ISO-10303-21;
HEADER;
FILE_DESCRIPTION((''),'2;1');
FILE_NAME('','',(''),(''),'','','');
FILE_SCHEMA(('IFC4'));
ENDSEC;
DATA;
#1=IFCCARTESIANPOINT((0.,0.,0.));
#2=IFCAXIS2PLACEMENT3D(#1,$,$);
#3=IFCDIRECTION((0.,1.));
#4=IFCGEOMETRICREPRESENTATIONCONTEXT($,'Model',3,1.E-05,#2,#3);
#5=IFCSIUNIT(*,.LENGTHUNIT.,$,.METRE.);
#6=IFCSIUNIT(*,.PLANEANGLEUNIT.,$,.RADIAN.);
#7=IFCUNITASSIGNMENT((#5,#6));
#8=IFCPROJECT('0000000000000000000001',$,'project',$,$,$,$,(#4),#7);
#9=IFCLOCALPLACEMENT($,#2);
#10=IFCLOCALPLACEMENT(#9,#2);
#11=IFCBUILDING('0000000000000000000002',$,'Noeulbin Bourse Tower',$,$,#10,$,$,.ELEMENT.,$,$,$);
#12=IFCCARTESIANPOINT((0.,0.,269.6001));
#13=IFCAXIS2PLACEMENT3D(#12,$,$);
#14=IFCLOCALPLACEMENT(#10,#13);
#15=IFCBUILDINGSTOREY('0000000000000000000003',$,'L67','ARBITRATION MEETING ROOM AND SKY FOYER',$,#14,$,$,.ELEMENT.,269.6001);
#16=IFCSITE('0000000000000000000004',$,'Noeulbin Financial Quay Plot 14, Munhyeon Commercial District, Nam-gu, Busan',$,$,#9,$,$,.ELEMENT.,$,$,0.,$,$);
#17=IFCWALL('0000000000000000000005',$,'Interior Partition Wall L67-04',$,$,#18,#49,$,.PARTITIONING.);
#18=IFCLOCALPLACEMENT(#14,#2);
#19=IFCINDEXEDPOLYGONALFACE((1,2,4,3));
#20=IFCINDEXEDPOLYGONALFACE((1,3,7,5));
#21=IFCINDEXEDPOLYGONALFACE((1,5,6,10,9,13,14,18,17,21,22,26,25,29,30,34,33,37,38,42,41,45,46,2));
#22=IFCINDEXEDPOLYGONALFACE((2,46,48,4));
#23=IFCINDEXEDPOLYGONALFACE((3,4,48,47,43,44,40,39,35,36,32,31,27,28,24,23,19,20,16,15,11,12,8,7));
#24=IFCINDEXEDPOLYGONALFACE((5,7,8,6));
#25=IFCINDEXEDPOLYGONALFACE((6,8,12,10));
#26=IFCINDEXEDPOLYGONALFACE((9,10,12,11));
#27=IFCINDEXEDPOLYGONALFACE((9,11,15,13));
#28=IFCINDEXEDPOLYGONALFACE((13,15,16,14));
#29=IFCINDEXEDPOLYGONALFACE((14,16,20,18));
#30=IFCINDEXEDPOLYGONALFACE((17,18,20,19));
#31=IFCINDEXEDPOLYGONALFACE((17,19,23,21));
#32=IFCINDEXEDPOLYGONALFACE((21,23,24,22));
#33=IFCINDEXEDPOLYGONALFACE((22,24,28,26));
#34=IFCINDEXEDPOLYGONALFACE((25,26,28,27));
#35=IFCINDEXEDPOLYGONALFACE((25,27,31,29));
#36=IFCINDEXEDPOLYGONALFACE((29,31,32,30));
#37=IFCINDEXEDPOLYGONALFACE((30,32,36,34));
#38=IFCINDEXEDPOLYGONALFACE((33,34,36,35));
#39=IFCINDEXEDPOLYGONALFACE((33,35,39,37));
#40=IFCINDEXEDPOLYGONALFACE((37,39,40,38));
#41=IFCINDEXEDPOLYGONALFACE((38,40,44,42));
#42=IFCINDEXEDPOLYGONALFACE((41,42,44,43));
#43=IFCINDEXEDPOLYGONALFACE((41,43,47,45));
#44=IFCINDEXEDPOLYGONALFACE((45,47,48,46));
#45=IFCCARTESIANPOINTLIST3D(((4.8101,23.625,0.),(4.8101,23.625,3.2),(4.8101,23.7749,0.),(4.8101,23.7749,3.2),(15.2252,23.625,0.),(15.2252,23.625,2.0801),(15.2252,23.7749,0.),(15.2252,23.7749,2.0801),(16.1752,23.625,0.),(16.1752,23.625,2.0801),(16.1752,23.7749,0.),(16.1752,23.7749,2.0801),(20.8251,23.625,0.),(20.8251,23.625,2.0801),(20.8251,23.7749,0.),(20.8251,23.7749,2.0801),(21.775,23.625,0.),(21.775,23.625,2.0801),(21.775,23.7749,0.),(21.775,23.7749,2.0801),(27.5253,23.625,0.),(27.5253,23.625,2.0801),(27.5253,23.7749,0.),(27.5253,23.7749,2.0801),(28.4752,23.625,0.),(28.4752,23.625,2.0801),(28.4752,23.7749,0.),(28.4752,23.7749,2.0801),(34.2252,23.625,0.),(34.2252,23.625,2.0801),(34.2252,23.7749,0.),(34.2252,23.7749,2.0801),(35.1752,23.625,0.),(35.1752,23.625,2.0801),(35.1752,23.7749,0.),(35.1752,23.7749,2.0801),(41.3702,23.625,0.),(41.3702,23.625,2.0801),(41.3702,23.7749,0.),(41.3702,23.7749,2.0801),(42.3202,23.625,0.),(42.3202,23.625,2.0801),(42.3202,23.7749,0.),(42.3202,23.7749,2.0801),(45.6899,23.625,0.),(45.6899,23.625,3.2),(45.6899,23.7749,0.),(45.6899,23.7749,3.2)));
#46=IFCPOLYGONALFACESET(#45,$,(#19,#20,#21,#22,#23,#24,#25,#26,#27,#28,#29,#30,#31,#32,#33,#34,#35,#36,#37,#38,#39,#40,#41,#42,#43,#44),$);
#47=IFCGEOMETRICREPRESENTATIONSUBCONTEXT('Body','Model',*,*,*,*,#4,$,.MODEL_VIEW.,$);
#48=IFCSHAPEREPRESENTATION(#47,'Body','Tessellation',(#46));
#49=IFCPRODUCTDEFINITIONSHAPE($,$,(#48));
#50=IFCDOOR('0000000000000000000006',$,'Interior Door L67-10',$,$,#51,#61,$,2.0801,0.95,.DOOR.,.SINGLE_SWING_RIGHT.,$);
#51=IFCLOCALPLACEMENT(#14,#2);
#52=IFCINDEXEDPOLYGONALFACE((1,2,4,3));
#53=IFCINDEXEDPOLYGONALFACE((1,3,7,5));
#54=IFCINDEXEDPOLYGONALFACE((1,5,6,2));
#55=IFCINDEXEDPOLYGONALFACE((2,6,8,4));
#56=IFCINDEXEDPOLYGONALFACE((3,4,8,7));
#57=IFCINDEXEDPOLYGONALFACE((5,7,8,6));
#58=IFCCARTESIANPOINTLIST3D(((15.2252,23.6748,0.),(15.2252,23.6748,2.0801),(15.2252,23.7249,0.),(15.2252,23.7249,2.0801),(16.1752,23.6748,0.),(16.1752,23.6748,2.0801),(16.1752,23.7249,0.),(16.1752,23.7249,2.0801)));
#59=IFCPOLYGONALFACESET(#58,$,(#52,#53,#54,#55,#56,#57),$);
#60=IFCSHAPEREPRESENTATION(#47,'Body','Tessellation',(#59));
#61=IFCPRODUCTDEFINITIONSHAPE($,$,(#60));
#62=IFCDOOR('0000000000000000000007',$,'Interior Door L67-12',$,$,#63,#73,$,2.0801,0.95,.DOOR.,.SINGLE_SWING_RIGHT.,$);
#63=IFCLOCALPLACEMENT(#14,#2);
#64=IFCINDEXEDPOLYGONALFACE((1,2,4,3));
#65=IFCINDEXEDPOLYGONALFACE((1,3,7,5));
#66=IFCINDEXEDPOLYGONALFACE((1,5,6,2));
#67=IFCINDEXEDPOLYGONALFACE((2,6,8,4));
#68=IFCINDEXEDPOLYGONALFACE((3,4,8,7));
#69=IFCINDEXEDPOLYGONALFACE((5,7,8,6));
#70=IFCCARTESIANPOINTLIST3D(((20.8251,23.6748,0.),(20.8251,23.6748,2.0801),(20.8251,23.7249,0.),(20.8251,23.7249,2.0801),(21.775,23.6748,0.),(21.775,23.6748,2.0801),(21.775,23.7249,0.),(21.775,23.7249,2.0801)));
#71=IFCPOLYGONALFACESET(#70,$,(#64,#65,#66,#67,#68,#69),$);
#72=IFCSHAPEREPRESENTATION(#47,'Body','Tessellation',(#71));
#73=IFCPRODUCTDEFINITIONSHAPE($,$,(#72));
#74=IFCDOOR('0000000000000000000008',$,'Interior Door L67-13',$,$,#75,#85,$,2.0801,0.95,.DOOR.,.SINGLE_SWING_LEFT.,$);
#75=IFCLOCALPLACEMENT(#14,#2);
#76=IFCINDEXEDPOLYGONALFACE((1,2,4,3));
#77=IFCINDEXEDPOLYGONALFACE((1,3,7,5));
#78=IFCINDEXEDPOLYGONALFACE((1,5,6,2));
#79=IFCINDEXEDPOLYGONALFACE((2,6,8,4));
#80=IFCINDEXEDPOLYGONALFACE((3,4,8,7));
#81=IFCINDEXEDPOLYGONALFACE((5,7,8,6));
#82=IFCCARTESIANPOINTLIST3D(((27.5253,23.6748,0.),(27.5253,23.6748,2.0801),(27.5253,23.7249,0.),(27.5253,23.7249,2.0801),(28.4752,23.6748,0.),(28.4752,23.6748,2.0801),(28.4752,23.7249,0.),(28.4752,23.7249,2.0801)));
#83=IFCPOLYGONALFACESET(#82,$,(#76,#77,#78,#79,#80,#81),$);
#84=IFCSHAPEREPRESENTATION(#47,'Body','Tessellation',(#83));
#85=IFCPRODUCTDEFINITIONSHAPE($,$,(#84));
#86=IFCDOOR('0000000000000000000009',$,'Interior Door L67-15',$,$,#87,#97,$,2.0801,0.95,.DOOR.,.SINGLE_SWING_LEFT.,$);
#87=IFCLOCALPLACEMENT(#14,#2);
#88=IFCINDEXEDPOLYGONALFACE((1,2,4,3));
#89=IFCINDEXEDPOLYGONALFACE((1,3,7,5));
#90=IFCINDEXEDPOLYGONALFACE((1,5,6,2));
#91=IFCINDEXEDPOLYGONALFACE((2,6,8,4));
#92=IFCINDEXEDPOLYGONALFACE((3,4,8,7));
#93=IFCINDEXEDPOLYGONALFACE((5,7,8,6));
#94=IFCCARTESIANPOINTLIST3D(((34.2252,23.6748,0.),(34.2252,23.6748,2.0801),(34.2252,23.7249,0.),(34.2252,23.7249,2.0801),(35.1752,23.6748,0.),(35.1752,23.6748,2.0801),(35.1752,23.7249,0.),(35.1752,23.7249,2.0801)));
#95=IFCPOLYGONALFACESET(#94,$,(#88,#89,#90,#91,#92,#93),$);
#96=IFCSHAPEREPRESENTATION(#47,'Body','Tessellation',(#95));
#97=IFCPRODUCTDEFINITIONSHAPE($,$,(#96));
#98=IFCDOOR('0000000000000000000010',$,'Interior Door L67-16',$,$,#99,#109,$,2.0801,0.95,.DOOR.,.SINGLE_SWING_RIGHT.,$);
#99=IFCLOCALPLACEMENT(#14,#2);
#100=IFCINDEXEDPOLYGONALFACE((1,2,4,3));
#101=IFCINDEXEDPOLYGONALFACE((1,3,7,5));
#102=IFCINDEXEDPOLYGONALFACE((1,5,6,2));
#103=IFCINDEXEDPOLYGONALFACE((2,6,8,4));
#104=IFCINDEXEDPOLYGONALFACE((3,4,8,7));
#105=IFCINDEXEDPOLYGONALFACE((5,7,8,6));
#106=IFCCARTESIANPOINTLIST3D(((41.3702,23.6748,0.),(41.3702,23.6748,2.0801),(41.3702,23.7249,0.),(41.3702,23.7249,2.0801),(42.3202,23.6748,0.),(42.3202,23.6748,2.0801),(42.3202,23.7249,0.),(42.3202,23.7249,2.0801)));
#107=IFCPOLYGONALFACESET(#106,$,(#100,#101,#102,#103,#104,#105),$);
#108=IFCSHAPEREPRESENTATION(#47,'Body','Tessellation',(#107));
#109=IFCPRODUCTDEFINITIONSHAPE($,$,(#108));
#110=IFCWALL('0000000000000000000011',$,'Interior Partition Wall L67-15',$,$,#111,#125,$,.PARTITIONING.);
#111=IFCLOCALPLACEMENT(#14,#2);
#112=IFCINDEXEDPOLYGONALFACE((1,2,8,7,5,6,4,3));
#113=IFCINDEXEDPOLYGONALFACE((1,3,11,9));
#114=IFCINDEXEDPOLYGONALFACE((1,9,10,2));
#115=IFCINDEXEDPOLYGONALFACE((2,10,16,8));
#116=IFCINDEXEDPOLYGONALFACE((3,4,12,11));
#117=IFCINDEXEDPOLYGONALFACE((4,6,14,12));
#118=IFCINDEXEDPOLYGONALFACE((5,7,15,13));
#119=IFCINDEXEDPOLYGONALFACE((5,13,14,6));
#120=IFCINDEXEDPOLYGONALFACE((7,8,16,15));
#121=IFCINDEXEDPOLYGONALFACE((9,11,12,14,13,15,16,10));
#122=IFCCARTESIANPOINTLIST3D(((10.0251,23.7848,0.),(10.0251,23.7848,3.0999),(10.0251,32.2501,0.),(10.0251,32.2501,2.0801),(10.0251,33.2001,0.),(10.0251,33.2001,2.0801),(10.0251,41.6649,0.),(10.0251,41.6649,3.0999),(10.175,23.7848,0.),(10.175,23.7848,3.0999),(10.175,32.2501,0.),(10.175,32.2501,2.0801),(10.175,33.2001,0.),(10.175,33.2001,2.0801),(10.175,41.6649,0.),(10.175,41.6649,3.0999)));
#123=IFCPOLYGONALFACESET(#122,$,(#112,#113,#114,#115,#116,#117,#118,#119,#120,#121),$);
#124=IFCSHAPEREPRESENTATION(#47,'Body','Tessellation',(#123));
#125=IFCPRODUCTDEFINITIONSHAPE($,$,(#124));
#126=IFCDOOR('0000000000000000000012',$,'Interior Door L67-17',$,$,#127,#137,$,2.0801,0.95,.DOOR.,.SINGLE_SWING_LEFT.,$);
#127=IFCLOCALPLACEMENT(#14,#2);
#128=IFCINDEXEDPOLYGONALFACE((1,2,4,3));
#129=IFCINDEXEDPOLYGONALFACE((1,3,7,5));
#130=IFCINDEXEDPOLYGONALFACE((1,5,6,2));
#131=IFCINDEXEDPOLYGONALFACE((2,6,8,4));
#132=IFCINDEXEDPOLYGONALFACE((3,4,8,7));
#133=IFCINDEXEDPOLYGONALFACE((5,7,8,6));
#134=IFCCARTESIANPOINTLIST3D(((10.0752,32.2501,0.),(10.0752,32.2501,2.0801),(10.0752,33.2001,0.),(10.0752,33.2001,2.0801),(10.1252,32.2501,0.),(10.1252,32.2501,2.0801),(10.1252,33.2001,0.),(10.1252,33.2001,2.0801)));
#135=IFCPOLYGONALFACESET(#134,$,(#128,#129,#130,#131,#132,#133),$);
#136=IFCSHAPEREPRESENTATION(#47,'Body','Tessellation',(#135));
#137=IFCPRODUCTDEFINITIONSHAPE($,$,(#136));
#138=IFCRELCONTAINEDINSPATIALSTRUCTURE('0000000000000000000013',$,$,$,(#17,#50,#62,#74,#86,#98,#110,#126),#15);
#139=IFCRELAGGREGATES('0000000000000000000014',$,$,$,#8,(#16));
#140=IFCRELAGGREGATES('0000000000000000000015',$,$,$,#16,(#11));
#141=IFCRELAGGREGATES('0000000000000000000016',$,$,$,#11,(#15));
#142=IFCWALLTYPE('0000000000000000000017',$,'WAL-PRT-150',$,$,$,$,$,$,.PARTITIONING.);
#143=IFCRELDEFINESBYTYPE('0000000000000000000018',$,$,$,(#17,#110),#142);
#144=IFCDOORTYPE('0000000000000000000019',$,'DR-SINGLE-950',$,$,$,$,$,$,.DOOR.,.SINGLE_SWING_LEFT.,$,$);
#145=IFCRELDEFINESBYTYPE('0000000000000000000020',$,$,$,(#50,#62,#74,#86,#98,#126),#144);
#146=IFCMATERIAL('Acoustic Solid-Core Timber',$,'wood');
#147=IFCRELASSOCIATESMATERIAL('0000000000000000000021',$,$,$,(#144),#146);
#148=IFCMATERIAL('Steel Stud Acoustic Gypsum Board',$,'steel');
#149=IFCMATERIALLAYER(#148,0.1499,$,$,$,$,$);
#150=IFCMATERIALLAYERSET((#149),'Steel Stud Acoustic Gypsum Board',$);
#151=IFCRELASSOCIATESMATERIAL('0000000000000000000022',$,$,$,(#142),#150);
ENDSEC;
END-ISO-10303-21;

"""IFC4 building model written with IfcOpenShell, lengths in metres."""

from ifc_helpers import new_model, si_unit, direction, frame, frame_2d, origin, place, context, subcontext, project, spatial, rectangle, extrude, material, layer, layer_set, type_object, element, fill, save


model = new_model("IFC4")

# Units and contexts
model_context = context("Model", 3, precision=1e-05, world=origin(), true_north=direction((0.0, 1.0)))
body_context = subcontext(model_context, "Body", "Model", "MODEL_VIEW")
ifc_project = project(units=[si_unit("LENGTHUNIT", "METRE"), si_unit("PLANEANGLEUNIT", "RADIAN")], contexts=[model_context])

# Site, building, storey
site_placement = place(None, origin())
site = spatial("IfcSite", under=ifc_project, at=site_placement, Name="Noeulbin Financial Quay Plot 14, Munhyeon Commercial District, Nam-gu, Busan", CompositionType="ELEMENT", RefElevation=0.0)
building_placement = place(site_placement, origin())
building = spatial("IfcBuilding", under=site, at=building_placement, Name="Noeulbin Bourse Tower", CompositionType="ELEMENT")
storey_placement = place(building_placement, frame((0.0, 0.0, 269.6001)))
storey = spatial("IfcBuildingStorey", under=building, at=storey_placement, Name="L67", Description="ARBITRATION MEETING ROOM AND SKY FOYER", CompositionType="ELEMENT", Elevation=269.6001)

# Shared definitions
ifc_material_1 = material(Name="Acoustic Solid-Core Timber", Category="wood")
door_type = type_object("IfcDoorType", Name="DR-SINGLE-950", OperationType="SINGLE_SWING_LEFT", PredefinedType="DOOR", material=ifc_material_1)

# Wall, openings, doors
ifc_material_2 = material(Name="Steel Stud Acoustic Gypsum Board", Category="steel")
ifc_layer_1 = layer(ifc_material_2, 0.1499)
ifc_layer_set_1 = layer_set([ifc_layer_1], Name="Steel Stud Acoustic Gypsum Board")
wall_type_1 = type_object("IfcWallType", Name="WAL-PRT-150", PredefinedType="PARTITIONING", material=ifc_layer_set_1)
wall_1_placement = place(storey_placement, frame((4.8101, 23.7, 0.0), z_axis=(0.0, 0.0, 1.0), x_axis=(1.0, 0.0, 0.0)))
wall_1 = element("IfcWall", 1, at=wall_1_placement, inside=storey, type_object=wall_type_1, Name="Interior Partition Wall L67-04", PredefinedType="PARTITIONING", context=body_context, shape_type="SweptSolid", body=[
    extrude(rectangle(XDim=40.8799, YDim=0.1499, at=frame_2d((20.4399, 0.0))), origin(), (0.0, 0.0, 1.0), 3.2),
])
opening_1_placement = place(wall_1_placement, frame((10.415, 0.0, 0.0)))
opening_1 = element("IfcOpeningElement", 2, at=opening_1_placement, cuts=wall_1, PredefinedType="OPENING", context=body_context, shape_type="SweptSolid", body=[
    extrude(rectangle(XDim=0.95, YDim=2.0801, at=frame_2d((0.4751, 1.04))), frame((0.0, 0.085, 0.0), z_axis=(0.0, -1.0, 0.0), x_axis=(1.0, 0.0, 0.0)), (0.0, 0.0, 1.0), 0.1699),
])
opening_2_placement = place(wall_1_placement, frame((16.0149, 0.0, 0.0)))
opening_2 = element("IfcOpeningElement", 3, at=opening_2_placement, cuts=wall_1, PredefinedType="OPENING", context=body_context, shape_type="SweptSolid", body=[
    extrude(rectangle(XDim=0.95, YDim=2.0801, at=frame_2d((0.4751, 1.04))), frame((0.0, 0.085, 0.0), z_axis=(0.0, -1.0, 0.0), x_axis=(1.0, 0.0, 0.0)), (0.0, 0.0, 1.0), 0.1699),
])
opening_3_placement = place(wall_1_placement, frame((22.7151, 0.0, 0.0)))
opening_3 = element("IfcOpeningElement", 4, at=opening_3_placement, cuts=wall_1, PredefinedType="OPENING", context=body_context, shape_type="SweptSolid", body=[
    extrude(rectangle(XDim=0.95, YDim=2.0801, at=frame_2d((0.4751, 1.04))), frame((0.0, 0.085, 0.0), z_axis=(0.0, -1.0, 0.0), x_axis=(1.0, 0.0, 0.0)), (0.0, 0.0, 1.0), 0.1699),
])
opening_4_placement = place(wall_1_placement, frame((29.415, 0.0, 0.0)))
opening_4 = element("IfcOpeningElement", 5, at=opening_4_placement, cuts=wall_1, PredefinedType="OPENING", context=body_context, shape_type="SweptSolid", body=[
    extrude(rectangle(XDim=0.95, YDim=2.0801, at=frame_2d((0.4751, 1.04))), frame((0.0, 0.085, 0.0), z_axis=(0.0, -1.0, 0.0), x_axis=(1.0, 0.0, 0.0)), (0.0, 0.0, 1.0), 0.1699),
])
opening_5_placement = place(wall_1_placement, frame((36.5601, 0.0, 0.0)))
opening_5 = element("IfcOpeningElement", 6, at=opening_5_placement, cuts=wall_1, PredefinedType="OPENING", context=body_context, shape_type="SweptSolid", body=[
    extrude(rectangle(XDim=0.95, YDim=2.0801, at=frame_2d((0.4751, 1.04))), frame((0.0, 0.085, 0.0), z_axis=(0.0, -1.0, 0.0), x_axis=(1.0, 0.0, 0.0)), (0.0, 0.0, 1.0), 0.1699),
])
door_1_placement = place(opening_1_placement, origin())
door_1 = element("IfcDoor", 7, at=door_1_placement, inside=storey, type_object=door_type, Name="Interior Door L67-10", OperationType="SINGLE_SWING_RIGHT", OverallHeight=2.0801, OverallWidth=0.95, PredefinedType="DOOR", context=body_context, shape_type="SweptSolid", body=[
    extrude(rectangle(XDim=0.95, YDim=2.0801, at=frame_2d((0.4751, 1.04))), frame((0.0, 0.0249, 0.0), z_axis=(0.0, -1.0, 0.0), x_axis=(1.0, 0.0, 0.0)), (0.0, 0.0, 1.0), 0.05),
])
fill(opening_1, door_1)
door_2_placement = place(opening_2_placement, origin())
door_2 = element("IfcDoor", 8, at=door_2_placement, inside=storey, type_object=door_type, Name="Interior Door L67-12", OperationType="SINGLE_SWING_RIGHT", OverallHeight=2.0801, OverallWidth=0.95, PredefinedType="DOOR", context=body_context, shape_type="SweptSolid", body=[
    extrude(rectangle(XDim=0.95, YDim=2.0801, at=frame_2d((0.4751, 1.04))), frame((0.0, 0.0249, 0.0), z_axis=(0.0, -1.0, 0.0), x_axis=(1.0, 0.0, 0.0)), (0.0, 0.0, 1.0), 0.05),
])
fill(opening_2, door_2)
door_3_placement = place(opening_3_placement, origin())
door_3 = element("IfcDoor", 9, at=door_3_placement, inside=storey, type_object=door_type, Name="Interior Door L67-13", OperationType="SINGLE_SWING_LEFT", OverallHeight=2.0801, OverallWidth=0.95, PredefinedType="DOOR", context=body_context, shape_type="SweptSolid", body=[
    extrude(rectangle(XDim=0.95, YDim=2.0801, at=frame_2d((0.4751, 1.04))), frame((0.0, 0.0249, 0.0), z_axis=(0.0, -1.0, 0.0), x_axis=(1.0, 0.0, 0.0)), (0.0, 0.0, 1.0), 0.05),
])
fill(opening_3, door_3)
door_4_placement = place(opening_4_placement, origin())
door_4 = element("IfcDoor", 10, at=door_4_placement, inside=storey, type_object=door_type, Name="Interior Door L67-15", OperationType="SINGLE_SWING_LEFT", OverallHeight=2.0801, OverallWidth=0.95, PredefinedType="DOOR", context=body_context, shape_type="SweptSolid", body=[
    extrude(rectangle(XDim=0.95, YDim=2.0801, at=frame_2d((0.4751, 1.04))), frame((0.0, 0.0249, 0.0), z_axis=(0.0, -1.0, 0.0), x_axis=(1.0, 0.0, 0.0)), (0.0, 0.0, 1.0), 0.05),
])
fill(opening_4, door_4)
door_5_placement = place(opening_5_placement, origin())
door_5 = element("IfcDoor", 11, at=door_5_placement, inside=storey, type_object=door_type, Name="Interior Door L67-16", OperationType="SINGLE_SWING_RIGHT", OverallHeight=2.0801, OverallWidth=0.95, PredefinedType="DOOR", context=body_context, shape_type="SweptSolid", body=[
    extrude(rectangle(XDim=0.95, YDim=2.0801, at=frame_2d((0.4751, 1.04))), frame((0.0, 0.0249, 0.0), z_axis=(0.0, -1.0, 0.0), x_axis=(1.0, 0.0, 0.0)), (0.0, 0.0, 1.0), 0.05),
])
fill(opening_5, door_5)

# Wall, opening, door
wall_2_placement = place(storey_placement, frame((10.1001, 23.7849, 0.0), z_axis=(0.0, 0.0, 1.0), x_axis=(0.0, 1.0, 0.0)))
wall_2 = element("IfcWall", 12, at=wall_2_placement, inside=storey, type_object=wall_type_1, Name="Interior Partition Wall L67-15", PredefinedType="PARTITIONING", context=body_context, shape_type="SweptSolid", body=[
    extrude(rectangle(XDim=17.8801, YDim=0.1499, at=frame_2d((8.9399, 0.0))), origin(), (0.0, 0.0, 1.0), 3.0999),
])
opening_6_placement = place(wall_2_placement, frame((8.4651, 0.0, 0.0)))
opening_6 = element("IfcOpeningElement", 13, at=opening_6_placement, cuts=wall_2, PredefinedType="OPENING", context=body_context, shape_type="SweptSolid", body=[
    extrude(rectangle(XDim=0.95, YDim=2.0801, at=frame_2d((0.4751, 1.04))), frame((0.0, 0.085, 0.0), z_axis=(0.0, -1.0, 0.0), x_axis=(1.0, 0.0, 0.0)), (0.0, 0.0, 1.0), 0.1699),
])
door_6_placement = place(opening_6_placement, origin())
door_6 = element("IfcDoor", 14, at=door_6_placement, inside=storey, type_object=door_type, Name="Interior Door L67-17", OperationType="SINGLE_SWING_LEFT", OverallHeight=2.0801, OverallWidth=0.95, PredefinedType="DOOR", context=body_context, shape_type="SweptSolid", body=[
    extrude(rectangle(XDim=0.95, YDim=2.0801, at=frame_2d((0.4751, 1.04))), frame((0.0, 0.0249, 0.0), z_axis=(0.0, -1.0, 0.0), x_axis=(1.0, 0.0, 0.0)), (0.0, 0.0, 1.0), 0.05),
])
fill(opening_6, door_6)

save(model, "model.ifc")
